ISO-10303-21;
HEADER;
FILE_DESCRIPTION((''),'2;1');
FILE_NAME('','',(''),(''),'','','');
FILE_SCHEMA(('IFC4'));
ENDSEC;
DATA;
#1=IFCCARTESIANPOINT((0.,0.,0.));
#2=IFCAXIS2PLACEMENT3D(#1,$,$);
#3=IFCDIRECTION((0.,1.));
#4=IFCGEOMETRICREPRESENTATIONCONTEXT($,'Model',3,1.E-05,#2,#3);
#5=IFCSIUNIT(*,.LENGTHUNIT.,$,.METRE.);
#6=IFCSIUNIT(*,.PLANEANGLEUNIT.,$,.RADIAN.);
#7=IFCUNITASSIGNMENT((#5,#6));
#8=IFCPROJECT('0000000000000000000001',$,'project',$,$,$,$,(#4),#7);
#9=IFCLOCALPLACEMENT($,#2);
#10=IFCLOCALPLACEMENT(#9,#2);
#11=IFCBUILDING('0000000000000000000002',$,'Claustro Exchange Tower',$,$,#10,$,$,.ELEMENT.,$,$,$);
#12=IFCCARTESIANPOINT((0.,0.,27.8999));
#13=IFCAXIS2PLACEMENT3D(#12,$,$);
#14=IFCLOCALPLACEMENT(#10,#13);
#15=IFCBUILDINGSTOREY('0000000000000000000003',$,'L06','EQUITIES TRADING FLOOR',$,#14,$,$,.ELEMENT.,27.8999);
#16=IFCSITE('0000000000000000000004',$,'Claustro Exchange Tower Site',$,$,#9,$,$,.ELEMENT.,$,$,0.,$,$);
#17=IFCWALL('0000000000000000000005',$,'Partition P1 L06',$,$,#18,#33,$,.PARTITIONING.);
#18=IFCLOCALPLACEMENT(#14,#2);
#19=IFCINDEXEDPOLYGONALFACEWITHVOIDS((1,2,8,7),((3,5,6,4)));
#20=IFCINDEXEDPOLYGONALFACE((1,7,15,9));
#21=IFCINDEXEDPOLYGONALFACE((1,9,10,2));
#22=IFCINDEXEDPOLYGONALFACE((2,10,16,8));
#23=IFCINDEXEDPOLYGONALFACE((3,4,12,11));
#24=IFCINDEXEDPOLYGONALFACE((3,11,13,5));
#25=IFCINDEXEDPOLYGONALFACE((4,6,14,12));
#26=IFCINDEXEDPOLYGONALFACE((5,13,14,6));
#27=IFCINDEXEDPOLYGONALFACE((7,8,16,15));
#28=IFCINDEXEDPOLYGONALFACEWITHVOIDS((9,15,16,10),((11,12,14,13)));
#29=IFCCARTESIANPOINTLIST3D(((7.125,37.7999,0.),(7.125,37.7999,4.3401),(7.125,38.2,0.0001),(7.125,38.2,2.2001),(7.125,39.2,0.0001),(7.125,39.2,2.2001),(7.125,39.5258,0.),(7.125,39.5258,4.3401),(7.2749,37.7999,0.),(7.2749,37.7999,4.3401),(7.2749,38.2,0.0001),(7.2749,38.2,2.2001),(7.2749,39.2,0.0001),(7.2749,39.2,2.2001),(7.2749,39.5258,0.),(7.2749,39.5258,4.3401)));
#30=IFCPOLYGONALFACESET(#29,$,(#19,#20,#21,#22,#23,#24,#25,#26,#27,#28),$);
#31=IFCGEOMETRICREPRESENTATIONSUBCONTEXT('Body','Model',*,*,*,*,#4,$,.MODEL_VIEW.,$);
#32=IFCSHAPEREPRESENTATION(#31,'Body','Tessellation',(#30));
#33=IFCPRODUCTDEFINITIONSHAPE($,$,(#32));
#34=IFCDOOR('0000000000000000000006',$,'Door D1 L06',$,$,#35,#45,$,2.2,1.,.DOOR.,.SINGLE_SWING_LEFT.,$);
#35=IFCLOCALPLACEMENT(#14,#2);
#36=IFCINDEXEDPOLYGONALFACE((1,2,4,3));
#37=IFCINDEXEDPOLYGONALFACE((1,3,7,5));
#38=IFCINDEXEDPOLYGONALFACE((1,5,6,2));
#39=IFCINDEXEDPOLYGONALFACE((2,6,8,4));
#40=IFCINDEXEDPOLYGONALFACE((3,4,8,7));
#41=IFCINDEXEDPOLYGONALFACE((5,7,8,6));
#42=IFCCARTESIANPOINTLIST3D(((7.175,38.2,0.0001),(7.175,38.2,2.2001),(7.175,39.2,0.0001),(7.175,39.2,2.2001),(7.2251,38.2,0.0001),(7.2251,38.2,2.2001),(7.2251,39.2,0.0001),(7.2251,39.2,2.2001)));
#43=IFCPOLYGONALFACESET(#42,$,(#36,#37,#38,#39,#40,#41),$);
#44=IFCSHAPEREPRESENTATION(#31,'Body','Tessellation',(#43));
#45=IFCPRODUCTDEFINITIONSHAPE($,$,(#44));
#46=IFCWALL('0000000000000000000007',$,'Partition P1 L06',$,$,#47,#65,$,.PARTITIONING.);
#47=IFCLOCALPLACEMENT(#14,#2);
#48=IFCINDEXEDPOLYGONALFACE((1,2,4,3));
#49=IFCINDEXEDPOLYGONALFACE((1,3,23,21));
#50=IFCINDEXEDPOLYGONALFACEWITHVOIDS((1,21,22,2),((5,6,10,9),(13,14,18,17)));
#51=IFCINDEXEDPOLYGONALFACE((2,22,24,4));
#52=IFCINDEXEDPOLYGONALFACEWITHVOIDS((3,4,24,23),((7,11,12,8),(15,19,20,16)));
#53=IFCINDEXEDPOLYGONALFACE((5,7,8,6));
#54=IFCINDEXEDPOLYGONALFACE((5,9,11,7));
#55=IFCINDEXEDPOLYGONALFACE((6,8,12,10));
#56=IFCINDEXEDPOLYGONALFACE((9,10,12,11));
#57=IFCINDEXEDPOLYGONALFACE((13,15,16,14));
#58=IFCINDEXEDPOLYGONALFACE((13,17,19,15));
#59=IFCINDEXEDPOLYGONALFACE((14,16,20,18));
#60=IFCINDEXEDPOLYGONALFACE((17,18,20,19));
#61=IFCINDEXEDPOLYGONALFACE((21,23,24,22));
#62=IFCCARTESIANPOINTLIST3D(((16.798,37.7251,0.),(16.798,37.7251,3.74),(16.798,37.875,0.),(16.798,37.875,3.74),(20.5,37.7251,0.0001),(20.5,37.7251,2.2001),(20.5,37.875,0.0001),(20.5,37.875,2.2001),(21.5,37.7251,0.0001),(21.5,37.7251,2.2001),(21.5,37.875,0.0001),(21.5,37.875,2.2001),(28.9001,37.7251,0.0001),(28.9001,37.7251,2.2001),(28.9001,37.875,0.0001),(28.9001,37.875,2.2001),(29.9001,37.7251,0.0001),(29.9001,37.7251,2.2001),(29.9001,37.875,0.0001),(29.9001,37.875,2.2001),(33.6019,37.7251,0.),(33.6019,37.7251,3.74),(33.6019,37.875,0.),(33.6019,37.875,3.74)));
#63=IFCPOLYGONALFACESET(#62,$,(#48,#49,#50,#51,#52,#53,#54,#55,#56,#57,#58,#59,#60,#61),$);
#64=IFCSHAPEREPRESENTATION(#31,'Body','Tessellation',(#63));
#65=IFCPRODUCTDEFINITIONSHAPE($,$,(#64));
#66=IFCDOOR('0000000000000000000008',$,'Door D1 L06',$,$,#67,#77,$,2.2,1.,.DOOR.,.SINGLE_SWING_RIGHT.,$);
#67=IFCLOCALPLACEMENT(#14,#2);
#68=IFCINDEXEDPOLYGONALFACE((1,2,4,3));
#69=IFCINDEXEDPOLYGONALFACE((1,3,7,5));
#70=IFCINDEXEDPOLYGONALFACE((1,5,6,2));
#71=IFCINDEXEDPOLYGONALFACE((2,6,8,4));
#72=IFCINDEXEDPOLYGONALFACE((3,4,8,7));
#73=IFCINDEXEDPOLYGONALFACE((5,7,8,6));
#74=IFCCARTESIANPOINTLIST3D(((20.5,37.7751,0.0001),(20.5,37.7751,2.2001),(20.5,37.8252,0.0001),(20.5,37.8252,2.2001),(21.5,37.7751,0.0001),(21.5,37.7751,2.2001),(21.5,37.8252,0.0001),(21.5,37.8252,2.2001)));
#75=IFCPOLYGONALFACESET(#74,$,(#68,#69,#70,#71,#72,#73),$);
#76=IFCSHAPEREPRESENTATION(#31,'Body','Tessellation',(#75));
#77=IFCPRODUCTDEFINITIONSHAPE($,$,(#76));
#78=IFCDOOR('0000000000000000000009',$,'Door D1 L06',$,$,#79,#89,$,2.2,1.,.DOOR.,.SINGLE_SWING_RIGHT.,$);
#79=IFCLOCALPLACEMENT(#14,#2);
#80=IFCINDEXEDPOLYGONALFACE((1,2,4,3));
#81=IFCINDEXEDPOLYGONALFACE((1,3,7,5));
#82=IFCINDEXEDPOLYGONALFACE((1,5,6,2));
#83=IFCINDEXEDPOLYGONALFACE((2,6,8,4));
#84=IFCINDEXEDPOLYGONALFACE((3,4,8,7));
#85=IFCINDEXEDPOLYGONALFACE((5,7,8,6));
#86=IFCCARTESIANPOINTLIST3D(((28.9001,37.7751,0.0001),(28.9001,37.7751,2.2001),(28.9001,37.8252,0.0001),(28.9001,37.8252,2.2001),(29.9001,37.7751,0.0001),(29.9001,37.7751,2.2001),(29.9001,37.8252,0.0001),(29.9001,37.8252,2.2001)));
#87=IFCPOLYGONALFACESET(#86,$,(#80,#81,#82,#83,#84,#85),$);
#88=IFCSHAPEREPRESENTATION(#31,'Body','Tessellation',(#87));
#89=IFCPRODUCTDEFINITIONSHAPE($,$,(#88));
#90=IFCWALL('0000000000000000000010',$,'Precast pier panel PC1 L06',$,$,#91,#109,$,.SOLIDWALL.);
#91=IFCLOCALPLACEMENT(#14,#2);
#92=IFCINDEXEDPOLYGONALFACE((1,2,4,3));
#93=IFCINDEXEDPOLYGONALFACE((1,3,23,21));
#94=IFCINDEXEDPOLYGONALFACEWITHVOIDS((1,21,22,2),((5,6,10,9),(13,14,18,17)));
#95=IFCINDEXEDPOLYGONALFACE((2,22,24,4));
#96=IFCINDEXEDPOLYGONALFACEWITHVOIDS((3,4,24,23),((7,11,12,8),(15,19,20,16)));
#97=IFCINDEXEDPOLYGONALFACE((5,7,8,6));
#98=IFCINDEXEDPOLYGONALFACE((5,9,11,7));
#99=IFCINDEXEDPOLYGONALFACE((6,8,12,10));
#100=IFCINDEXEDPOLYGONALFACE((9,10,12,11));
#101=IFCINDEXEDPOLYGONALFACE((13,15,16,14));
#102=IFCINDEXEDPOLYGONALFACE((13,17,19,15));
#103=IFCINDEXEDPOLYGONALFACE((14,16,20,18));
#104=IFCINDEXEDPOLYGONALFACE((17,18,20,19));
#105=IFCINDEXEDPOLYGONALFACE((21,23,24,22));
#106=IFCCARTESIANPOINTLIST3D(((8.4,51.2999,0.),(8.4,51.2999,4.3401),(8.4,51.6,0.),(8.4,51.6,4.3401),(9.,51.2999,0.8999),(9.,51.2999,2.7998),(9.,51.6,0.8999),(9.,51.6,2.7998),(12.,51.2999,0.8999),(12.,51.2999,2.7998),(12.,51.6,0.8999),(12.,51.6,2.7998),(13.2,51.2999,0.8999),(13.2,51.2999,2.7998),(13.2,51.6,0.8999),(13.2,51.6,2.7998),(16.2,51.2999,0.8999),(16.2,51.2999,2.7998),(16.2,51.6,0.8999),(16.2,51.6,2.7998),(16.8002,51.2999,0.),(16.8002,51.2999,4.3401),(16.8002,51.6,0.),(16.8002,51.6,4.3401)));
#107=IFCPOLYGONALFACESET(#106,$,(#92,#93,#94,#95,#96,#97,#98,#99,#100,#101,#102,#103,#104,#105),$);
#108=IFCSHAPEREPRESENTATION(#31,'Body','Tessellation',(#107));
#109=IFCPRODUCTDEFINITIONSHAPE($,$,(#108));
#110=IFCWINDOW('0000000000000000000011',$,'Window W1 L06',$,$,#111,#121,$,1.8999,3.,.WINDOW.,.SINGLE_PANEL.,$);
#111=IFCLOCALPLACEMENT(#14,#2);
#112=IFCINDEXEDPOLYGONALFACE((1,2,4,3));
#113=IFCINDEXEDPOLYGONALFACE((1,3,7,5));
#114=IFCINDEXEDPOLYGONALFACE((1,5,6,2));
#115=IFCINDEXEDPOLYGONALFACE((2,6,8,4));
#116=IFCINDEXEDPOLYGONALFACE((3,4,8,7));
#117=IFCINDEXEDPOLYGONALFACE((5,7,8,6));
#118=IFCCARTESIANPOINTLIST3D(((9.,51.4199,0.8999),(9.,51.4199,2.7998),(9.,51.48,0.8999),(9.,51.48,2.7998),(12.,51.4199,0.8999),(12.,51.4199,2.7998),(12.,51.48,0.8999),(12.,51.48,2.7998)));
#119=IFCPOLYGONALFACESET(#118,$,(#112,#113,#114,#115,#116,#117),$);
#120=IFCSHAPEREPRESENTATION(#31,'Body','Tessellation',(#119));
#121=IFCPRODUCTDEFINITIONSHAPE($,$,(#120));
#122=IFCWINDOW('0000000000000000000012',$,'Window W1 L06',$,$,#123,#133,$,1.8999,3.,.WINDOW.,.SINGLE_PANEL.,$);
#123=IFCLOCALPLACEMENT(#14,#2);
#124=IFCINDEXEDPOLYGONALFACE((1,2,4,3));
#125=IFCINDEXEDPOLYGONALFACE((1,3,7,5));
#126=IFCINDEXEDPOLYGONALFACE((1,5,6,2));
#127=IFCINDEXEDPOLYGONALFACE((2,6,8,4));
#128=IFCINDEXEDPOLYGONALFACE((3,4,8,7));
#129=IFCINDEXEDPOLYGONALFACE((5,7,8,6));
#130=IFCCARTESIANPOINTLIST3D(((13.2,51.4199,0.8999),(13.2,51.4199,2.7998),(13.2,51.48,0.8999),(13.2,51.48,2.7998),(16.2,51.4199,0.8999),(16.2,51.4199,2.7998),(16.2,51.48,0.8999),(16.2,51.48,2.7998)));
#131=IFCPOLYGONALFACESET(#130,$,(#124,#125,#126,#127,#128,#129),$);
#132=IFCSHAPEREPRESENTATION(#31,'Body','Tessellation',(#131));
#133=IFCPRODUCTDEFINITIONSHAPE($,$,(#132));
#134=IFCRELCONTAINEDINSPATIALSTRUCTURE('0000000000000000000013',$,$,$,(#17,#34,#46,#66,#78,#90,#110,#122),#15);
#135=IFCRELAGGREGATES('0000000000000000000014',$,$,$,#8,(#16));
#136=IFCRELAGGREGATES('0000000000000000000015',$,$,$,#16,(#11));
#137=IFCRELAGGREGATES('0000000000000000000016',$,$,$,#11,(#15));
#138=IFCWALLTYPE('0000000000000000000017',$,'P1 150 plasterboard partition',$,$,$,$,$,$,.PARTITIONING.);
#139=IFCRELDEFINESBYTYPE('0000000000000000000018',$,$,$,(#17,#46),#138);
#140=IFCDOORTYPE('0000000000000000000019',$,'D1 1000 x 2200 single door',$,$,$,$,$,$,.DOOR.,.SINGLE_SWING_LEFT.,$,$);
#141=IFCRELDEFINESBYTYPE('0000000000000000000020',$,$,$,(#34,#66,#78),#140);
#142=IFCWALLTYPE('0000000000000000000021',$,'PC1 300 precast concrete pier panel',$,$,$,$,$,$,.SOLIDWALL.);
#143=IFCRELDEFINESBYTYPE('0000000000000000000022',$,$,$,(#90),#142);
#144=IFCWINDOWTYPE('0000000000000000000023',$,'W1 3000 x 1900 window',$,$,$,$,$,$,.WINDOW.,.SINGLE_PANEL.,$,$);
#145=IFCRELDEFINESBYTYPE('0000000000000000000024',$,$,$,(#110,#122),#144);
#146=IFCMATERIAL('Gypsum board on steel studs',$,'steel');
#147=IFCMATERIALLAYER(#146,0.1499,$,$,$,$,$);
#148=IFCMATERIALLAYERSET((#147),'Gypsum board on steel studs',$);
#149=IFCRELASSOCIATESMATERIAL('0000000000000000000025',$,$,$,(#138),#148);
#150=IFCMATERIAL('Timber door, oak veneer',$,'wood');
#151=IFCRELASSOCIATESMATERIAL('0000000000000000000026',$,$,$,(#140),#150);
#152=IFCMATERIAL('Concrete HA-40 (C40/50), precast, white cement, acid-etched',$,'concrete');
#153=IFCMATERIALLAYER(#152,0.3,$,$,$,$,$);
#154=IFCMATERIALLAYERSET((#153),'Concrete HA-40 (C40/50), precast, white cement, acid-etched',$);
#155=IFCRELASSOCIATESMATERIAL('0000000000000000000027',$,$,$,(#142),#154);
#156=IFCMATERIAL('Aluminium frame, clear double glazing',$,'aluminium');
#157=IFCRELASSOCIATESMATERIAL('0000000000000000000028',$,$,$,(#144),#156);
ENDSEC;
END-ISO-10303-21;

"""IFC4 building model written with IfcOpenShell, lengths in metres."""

from ifc_helpers import new_model, si_unit, direction, frame, frame_2d, origin, place, context, subcontext, project, spatial, rectangle, extrude, material, layer, layer_set, type_object, element, fill, save


model = new_model("IFC4")

# Units and contexts
model_context = context("Model", 3, precision=1e-05, world=origin(), true_north=direction((0.0, 1.0)))
body_context = subcontext(model_context, "Body", "Model", "MODEL_VIEW")
ifc_project = project(units=[si_unit("LENGTHUNIT", "METRE"), si_unit("PLANEANGLEUNIT", "RADIAN")], contexts=[model_context])

# Site, building, storey
site_placement = place(None, origin())
site = spatial("IfcSite", under=ifc_project, at=site_placement, Name="Claustro Exchange Tower Site", CompositionType="ELEMENT", RefElevation=0.0)
building_placement = place(site_placement, origin())
building = spatial("IfcBuilding", under=site, at=building_placement, Name="Claustro Exchange Tower", CompositionType="ELEMENT")
storey_placement = place(building_placement, frame((0.0, 0.0, 27.8999)))
storey = spatial("IfcBuildingStorey", under=building, at=storey_placement, Name="L06", Description="EQUITIES TRADING FLOOR", CompositionType="ELEMENT", Elevation=27.8999)

# Shared definitions
ifc_material_1 = material(Name="Gypsum board on steel studs", Category="steel")
ifc_layer_1 = layer(ifc_material_1, 0.1499)
ifc_layer_set_1 = layer_set([ifc_layer_1], Name="Gypsum board on steel studs")
wall_type_1 = type_object("IfcWallType", Name="P1 150 plasterboard partition", PredefinedType="PARTITIONING", material=ifc_layer_set_1)

# Wall, opening, door
wall_1_placement = place(storey_placement, frame((7.2, 37.8, 0.0), z_axis=(0.0, 0.0, 1.0), x_axis=(0.0, 1.0, 0.0)))
wall_1 = element("IfcWall", 1, at=wall_1_placement, inside=storey, type_object=wall_type_1, Name="Partition P1 L06", PredefinedType="PARTITIONING", context=body_context, shape_type="SweptSolid", body=[
    extrude(rectangle(XDim=1.7258, YDim=0.1499, at=frame_2d((0.8628, 0.0))), origin(), (0.0, 0.0, 1.0), 4.3401),
])
opening_1_placement = place(wall_1_placement, frame((0.3999, 0.0, 0.0)))
opening_1 = element("IfcOpeningElement", 2, at=opening_1_placement, cuts=wall_1, PredefinedType="OPENING", context=body_context, shape_type="SweptSolid", body=[
    extrude(rectangle(XDim=1.0, YDim=2.2, at=frame_2d((0.5, 1.1001))), frame((0.0, 0.085, 0.0), z_axis=(0.0, -1.0, 0.0), x_axis=(1.0, 0.0, 0.0)), (0.0, 0.0, 1.0), 0.1699),
])
ifc_material_2 = material(Name="Timber door, oak veneer", Category="wood")
door_type = type_object("IfcDoorType", Name="D1 1000 x 2200 single door", OperationType="SINGLE_SWING_LEFT", PredefinedType="DOOR", material=ifc_material_2)
door_1_placement = place(opening_1_placement, origin())
door_1 = element("IfcDoor", 3, at=door_1_placement, inside=storey, type_object=door_type, Name="Door D1 L06", OperationType="SINGLE_SWING_LEFT", OverallHeight=2.2, OverallWidth=1.0, PredefinedType="DOOR", context=body_context, shape_type="SweptSolid", body=[
    extrude(rectangle(XDim=1.0, YDim=2.2, at=frame_2d((0.5, 1.1001))), frame((0.0, 0.0249, 0.0), z_axis=(0.0, -1.0, 0.0), x_axis=(1.0, 0.0, 0.0)), (0.0, 0.0, 1.0), 0.05),
])
fill(opening_1, door_1)

# Wall, openings, doors
wall_2_placement = place(storey_placement, frame((16.7981, 37.8, 0.0), z_axis=(0.0, 0.0, 1.0), x_axis=(1.0, 0.0, 0.0)))
wall_2 = element("IfcWall", 4, at=wall_2_placement, inside=storey, type_object=wall_type_1, Name="Partition P1 L06", PredefinedType="PARTITIONING", context=body_context, shape_type="SweptSolid", body=[
    extrude(rectangle(XDim=16.804, YDim=0.1499, at=frame_2d((8.4019, 0.0))), origin(), (0.0, 0.0, 1.0), 3.74),
])
opening_2_placement = place(wall_2_placement, frame((3.7019, 0.0, 0.0)))
opening_2 = element("IfcOpeningElement", 5, at=opening_2_placement, cuts=wall_2, PredefinedType="OPENING", context=body_context, shape_type="SweptSolid", body=[
    extrude(rectangle(XDim=1.0, YDim=2.2, at=frame_2d((0.5, 1.1001))), frame((0.0, 0.085, 0.0), z_axis=(0.0, -1.0, 0.0), x_axis=(1.0, 0.0, 0.0)), (0.0, 0.0, 1.0), 0.1699),
])
opening_3_placement = place(wall_2_placement, frame((12.1021, 0.0, 0.0)))
opening_3 = element("IfcOpeningElement", 6, at=opening_3_placement, cuts=wall_2, PredefinedType="OPENING", context=body_context, shape_type="SweptSolid", body=[
    extrude(rectangle(XDim=1.0, YDim=2.2, at=frame_2d((0.5, 1.1001))), frame((0.0, 0.085, 0.0), z_axis=(0.0, -1.0, 0.0), x_axis=(1.0, 0.0, 0.0)), (0.0, 0.0, 1.0), 0.1699),
])
door_2_placement = place(opening_2_placement, frame((1.0, 0.0, 0.0), z_axis=(0.0, 0.0, 1.0), x_axis=(-1.0, 0.0, 0.0)))
door_2 = element("IfcDoor", 7, at=door_2_placement, inside=storey, type_object=door_type, Name="Door D1 L06", OperationType="SINGLE_SWING_RIGHT", OverallHeight=2.2, OverallWidth=1.0, PredefinedType="DOOR", context=body_context, shape_type="SweptSolid", body=[
    extrude(rectangle(XDim=1.0, YDim=2.2, at=frame_2d((0.5, 1.1001))), frame((0.0, 0.0249, 0.0), z_axis=(0.0, -1.0, 0.0), x_axis=(1.0, 0.0, 0.0)), (0.0, 0.0, 1.0), 0.05),
])
fill(opening_2, door_2)
door_3_placement = place(opening_3_placement, frame((1.0, 0.0, 0.0), z_axis=(0.0, 0.0, 1.0), x_axis=(-1.0, 0.0, 0.0)))
door_3 = element("IfcDoor", 8, at=door_3_placement, inside=storey, type_object=door_type, Name="Door D1 L06", OperationType="SINGLE_SWING_RIGHT", OverallHeight=2.2, OverallWidth=1.0, PredefinedType="DOOR", context=body_context, shape_type="SweptSolid", body=[
    extrude(rectangle(XDim=1.0, YDim=2.2, at=frame_2d((0.5, 1.1001))), frame((0.0, 0.0249, 0.0), z_axis=(0.0, -1.0, 0.0), x_axis=(1.0, 0.0, 0.0)), (0.0, 0.0, 1.0), 0.05),
])
fill(opening_3, door_3)

# Wall, openings, windows
ifc_material_3 = material(Name="Concrete HA-40 (C40/50), precast, white cement, acid-etched", Category="concrete")
ifc_layer_2 = layer(ifc_material_3, 0.3)
ifc_layer_set_2 = layer_set([ifc_layer_2], Name="Concrete HA-40 (C40/50), precast, white cement, acid-etched")
wall_type_2 = type_object("IfcWallType", Name="PC1 300 precast concrete pier panel", PredefinedType="SOLIDWALL", material=ifc_layer_set_2)
wall_3_placement = place(storey_placement, frame((8.3999, 51.45, 0.0), z_axis=(0.0, 0.0, 1.0), x_axis=(1.0, 0.0, 0.0)))
wall_3 = element("IfcWall", 9, at=wall_3_placement, inside=storey, type_object=wall_type_2, Name="Precast pier panel PC1 L06", PredefinedType="SOLIDWALL", context=body_context, shape_type="SweptSolid", body=[
    extrude(rectangle(XDim=8.4001, YDim=0.3, at=frame_2d((4.2002, 0.0))), origin(), (0.0, 0.0, 1.0), 4.3401),
])
opening_4_placement = place(wall_3_placement, frame((0.6001, 0.0, 0.8999)))
opening_4 = element("IfcOpeningElement", 10, at=opening_4_placement, cuts=wall_3, PredefinedType="OPENING", context=body_context, shape_type="SweptSolid", body=[
    extrude(rectangle(XDim=3.0, YDim=1.8999, at=frame_2d((1.5, 0.95))), frame((0.0, 0.1599, 0.0), z_axis=(0.0, -1.0, 0.0), x_axis=(1.0, 0.0, 0.0)), (0.0, 0.0, 1.0), 0.3201),
])
opening_5_placement = place(wall_3_placement, frame((4.8, 0.0, 0.8999)))
opening_5 = element("IfcOpeningElement", 11, at=opening_5_placement, cuts=wall_3, PredefinedType="OPENING", context=body_context, shape_type="SweptSolid", body=[
    extrude(rectangle(XDim=3.0, YDim=1.8999, at=frame_2d((1.5, 0.95))), frame((0.0, 0.1599, 0.0), z_axis=(0.0, -1.0, 0.0), x_axis=(1.0, 0.0, 0.0)), (0.0, 0.0, 1.0), 0.3201),
])
ifc_material_4 = material(Name="Aluminium frame, clear double glazing", Category="aluminium")
window_type = type_object("IfcWindowType", Name="W1 3000 x 1900 window", PartitioningType="SINGLE_PANEL", PredefinedType="WINDOW", material=ifc_material_4)
window_1_placement = place(opening_4_placement, origin())
window_1 = element("IfcWindow", 12, at=window_1_placement, inside=storey, type_object=window_type, Name="Window W1 L06", OverallHeight=1.8999, OverallWidth=3.0, PartitioningType="SINGLE_PANEL", PredefinedType="WINDOW", context=body_context, shape_type="SweptSolid", body=[
    extrude(rectangle(XDim=3.0, YDim=1.8999, at=frame_2d((1.5, 0.95))), frame((0.0, 0.03, 0.0), z_axis=(0.0, -1.0, 0.0), x_axis=(1.0, 0.0, 0.0)), (0.0, 0.0, 1.0), 0.0601),
])
fill(opening_4, window_1)
window_2_placement = place(opening_5_placement, origin())
window_2 = element("IfcWindow", 13, at=window_2_placement, inside=storey, type_object=window_type, Name="Window W1 L06", OverallHeight=1.8999, OverallWidth=3.0, PartitioningType="SINGLE_PANEL", PredefinedType="WINDOW", context=body_context, shape_type="SweptSolid", body=[
    extrude(rectangle(XDim=3.0, YDim=1.8999, at=frame_2d((1.5, 0.95))), frame((0.0, 0.03, 0.0), z_axis=(0.0, -1.0, 0.0), x_axis=(1.0, 0.0, 0.0)), (0.0, 0.0, 1.0), 0.0601),
])
fill(opening_5, window_2)

save(model, "model.ifc")
